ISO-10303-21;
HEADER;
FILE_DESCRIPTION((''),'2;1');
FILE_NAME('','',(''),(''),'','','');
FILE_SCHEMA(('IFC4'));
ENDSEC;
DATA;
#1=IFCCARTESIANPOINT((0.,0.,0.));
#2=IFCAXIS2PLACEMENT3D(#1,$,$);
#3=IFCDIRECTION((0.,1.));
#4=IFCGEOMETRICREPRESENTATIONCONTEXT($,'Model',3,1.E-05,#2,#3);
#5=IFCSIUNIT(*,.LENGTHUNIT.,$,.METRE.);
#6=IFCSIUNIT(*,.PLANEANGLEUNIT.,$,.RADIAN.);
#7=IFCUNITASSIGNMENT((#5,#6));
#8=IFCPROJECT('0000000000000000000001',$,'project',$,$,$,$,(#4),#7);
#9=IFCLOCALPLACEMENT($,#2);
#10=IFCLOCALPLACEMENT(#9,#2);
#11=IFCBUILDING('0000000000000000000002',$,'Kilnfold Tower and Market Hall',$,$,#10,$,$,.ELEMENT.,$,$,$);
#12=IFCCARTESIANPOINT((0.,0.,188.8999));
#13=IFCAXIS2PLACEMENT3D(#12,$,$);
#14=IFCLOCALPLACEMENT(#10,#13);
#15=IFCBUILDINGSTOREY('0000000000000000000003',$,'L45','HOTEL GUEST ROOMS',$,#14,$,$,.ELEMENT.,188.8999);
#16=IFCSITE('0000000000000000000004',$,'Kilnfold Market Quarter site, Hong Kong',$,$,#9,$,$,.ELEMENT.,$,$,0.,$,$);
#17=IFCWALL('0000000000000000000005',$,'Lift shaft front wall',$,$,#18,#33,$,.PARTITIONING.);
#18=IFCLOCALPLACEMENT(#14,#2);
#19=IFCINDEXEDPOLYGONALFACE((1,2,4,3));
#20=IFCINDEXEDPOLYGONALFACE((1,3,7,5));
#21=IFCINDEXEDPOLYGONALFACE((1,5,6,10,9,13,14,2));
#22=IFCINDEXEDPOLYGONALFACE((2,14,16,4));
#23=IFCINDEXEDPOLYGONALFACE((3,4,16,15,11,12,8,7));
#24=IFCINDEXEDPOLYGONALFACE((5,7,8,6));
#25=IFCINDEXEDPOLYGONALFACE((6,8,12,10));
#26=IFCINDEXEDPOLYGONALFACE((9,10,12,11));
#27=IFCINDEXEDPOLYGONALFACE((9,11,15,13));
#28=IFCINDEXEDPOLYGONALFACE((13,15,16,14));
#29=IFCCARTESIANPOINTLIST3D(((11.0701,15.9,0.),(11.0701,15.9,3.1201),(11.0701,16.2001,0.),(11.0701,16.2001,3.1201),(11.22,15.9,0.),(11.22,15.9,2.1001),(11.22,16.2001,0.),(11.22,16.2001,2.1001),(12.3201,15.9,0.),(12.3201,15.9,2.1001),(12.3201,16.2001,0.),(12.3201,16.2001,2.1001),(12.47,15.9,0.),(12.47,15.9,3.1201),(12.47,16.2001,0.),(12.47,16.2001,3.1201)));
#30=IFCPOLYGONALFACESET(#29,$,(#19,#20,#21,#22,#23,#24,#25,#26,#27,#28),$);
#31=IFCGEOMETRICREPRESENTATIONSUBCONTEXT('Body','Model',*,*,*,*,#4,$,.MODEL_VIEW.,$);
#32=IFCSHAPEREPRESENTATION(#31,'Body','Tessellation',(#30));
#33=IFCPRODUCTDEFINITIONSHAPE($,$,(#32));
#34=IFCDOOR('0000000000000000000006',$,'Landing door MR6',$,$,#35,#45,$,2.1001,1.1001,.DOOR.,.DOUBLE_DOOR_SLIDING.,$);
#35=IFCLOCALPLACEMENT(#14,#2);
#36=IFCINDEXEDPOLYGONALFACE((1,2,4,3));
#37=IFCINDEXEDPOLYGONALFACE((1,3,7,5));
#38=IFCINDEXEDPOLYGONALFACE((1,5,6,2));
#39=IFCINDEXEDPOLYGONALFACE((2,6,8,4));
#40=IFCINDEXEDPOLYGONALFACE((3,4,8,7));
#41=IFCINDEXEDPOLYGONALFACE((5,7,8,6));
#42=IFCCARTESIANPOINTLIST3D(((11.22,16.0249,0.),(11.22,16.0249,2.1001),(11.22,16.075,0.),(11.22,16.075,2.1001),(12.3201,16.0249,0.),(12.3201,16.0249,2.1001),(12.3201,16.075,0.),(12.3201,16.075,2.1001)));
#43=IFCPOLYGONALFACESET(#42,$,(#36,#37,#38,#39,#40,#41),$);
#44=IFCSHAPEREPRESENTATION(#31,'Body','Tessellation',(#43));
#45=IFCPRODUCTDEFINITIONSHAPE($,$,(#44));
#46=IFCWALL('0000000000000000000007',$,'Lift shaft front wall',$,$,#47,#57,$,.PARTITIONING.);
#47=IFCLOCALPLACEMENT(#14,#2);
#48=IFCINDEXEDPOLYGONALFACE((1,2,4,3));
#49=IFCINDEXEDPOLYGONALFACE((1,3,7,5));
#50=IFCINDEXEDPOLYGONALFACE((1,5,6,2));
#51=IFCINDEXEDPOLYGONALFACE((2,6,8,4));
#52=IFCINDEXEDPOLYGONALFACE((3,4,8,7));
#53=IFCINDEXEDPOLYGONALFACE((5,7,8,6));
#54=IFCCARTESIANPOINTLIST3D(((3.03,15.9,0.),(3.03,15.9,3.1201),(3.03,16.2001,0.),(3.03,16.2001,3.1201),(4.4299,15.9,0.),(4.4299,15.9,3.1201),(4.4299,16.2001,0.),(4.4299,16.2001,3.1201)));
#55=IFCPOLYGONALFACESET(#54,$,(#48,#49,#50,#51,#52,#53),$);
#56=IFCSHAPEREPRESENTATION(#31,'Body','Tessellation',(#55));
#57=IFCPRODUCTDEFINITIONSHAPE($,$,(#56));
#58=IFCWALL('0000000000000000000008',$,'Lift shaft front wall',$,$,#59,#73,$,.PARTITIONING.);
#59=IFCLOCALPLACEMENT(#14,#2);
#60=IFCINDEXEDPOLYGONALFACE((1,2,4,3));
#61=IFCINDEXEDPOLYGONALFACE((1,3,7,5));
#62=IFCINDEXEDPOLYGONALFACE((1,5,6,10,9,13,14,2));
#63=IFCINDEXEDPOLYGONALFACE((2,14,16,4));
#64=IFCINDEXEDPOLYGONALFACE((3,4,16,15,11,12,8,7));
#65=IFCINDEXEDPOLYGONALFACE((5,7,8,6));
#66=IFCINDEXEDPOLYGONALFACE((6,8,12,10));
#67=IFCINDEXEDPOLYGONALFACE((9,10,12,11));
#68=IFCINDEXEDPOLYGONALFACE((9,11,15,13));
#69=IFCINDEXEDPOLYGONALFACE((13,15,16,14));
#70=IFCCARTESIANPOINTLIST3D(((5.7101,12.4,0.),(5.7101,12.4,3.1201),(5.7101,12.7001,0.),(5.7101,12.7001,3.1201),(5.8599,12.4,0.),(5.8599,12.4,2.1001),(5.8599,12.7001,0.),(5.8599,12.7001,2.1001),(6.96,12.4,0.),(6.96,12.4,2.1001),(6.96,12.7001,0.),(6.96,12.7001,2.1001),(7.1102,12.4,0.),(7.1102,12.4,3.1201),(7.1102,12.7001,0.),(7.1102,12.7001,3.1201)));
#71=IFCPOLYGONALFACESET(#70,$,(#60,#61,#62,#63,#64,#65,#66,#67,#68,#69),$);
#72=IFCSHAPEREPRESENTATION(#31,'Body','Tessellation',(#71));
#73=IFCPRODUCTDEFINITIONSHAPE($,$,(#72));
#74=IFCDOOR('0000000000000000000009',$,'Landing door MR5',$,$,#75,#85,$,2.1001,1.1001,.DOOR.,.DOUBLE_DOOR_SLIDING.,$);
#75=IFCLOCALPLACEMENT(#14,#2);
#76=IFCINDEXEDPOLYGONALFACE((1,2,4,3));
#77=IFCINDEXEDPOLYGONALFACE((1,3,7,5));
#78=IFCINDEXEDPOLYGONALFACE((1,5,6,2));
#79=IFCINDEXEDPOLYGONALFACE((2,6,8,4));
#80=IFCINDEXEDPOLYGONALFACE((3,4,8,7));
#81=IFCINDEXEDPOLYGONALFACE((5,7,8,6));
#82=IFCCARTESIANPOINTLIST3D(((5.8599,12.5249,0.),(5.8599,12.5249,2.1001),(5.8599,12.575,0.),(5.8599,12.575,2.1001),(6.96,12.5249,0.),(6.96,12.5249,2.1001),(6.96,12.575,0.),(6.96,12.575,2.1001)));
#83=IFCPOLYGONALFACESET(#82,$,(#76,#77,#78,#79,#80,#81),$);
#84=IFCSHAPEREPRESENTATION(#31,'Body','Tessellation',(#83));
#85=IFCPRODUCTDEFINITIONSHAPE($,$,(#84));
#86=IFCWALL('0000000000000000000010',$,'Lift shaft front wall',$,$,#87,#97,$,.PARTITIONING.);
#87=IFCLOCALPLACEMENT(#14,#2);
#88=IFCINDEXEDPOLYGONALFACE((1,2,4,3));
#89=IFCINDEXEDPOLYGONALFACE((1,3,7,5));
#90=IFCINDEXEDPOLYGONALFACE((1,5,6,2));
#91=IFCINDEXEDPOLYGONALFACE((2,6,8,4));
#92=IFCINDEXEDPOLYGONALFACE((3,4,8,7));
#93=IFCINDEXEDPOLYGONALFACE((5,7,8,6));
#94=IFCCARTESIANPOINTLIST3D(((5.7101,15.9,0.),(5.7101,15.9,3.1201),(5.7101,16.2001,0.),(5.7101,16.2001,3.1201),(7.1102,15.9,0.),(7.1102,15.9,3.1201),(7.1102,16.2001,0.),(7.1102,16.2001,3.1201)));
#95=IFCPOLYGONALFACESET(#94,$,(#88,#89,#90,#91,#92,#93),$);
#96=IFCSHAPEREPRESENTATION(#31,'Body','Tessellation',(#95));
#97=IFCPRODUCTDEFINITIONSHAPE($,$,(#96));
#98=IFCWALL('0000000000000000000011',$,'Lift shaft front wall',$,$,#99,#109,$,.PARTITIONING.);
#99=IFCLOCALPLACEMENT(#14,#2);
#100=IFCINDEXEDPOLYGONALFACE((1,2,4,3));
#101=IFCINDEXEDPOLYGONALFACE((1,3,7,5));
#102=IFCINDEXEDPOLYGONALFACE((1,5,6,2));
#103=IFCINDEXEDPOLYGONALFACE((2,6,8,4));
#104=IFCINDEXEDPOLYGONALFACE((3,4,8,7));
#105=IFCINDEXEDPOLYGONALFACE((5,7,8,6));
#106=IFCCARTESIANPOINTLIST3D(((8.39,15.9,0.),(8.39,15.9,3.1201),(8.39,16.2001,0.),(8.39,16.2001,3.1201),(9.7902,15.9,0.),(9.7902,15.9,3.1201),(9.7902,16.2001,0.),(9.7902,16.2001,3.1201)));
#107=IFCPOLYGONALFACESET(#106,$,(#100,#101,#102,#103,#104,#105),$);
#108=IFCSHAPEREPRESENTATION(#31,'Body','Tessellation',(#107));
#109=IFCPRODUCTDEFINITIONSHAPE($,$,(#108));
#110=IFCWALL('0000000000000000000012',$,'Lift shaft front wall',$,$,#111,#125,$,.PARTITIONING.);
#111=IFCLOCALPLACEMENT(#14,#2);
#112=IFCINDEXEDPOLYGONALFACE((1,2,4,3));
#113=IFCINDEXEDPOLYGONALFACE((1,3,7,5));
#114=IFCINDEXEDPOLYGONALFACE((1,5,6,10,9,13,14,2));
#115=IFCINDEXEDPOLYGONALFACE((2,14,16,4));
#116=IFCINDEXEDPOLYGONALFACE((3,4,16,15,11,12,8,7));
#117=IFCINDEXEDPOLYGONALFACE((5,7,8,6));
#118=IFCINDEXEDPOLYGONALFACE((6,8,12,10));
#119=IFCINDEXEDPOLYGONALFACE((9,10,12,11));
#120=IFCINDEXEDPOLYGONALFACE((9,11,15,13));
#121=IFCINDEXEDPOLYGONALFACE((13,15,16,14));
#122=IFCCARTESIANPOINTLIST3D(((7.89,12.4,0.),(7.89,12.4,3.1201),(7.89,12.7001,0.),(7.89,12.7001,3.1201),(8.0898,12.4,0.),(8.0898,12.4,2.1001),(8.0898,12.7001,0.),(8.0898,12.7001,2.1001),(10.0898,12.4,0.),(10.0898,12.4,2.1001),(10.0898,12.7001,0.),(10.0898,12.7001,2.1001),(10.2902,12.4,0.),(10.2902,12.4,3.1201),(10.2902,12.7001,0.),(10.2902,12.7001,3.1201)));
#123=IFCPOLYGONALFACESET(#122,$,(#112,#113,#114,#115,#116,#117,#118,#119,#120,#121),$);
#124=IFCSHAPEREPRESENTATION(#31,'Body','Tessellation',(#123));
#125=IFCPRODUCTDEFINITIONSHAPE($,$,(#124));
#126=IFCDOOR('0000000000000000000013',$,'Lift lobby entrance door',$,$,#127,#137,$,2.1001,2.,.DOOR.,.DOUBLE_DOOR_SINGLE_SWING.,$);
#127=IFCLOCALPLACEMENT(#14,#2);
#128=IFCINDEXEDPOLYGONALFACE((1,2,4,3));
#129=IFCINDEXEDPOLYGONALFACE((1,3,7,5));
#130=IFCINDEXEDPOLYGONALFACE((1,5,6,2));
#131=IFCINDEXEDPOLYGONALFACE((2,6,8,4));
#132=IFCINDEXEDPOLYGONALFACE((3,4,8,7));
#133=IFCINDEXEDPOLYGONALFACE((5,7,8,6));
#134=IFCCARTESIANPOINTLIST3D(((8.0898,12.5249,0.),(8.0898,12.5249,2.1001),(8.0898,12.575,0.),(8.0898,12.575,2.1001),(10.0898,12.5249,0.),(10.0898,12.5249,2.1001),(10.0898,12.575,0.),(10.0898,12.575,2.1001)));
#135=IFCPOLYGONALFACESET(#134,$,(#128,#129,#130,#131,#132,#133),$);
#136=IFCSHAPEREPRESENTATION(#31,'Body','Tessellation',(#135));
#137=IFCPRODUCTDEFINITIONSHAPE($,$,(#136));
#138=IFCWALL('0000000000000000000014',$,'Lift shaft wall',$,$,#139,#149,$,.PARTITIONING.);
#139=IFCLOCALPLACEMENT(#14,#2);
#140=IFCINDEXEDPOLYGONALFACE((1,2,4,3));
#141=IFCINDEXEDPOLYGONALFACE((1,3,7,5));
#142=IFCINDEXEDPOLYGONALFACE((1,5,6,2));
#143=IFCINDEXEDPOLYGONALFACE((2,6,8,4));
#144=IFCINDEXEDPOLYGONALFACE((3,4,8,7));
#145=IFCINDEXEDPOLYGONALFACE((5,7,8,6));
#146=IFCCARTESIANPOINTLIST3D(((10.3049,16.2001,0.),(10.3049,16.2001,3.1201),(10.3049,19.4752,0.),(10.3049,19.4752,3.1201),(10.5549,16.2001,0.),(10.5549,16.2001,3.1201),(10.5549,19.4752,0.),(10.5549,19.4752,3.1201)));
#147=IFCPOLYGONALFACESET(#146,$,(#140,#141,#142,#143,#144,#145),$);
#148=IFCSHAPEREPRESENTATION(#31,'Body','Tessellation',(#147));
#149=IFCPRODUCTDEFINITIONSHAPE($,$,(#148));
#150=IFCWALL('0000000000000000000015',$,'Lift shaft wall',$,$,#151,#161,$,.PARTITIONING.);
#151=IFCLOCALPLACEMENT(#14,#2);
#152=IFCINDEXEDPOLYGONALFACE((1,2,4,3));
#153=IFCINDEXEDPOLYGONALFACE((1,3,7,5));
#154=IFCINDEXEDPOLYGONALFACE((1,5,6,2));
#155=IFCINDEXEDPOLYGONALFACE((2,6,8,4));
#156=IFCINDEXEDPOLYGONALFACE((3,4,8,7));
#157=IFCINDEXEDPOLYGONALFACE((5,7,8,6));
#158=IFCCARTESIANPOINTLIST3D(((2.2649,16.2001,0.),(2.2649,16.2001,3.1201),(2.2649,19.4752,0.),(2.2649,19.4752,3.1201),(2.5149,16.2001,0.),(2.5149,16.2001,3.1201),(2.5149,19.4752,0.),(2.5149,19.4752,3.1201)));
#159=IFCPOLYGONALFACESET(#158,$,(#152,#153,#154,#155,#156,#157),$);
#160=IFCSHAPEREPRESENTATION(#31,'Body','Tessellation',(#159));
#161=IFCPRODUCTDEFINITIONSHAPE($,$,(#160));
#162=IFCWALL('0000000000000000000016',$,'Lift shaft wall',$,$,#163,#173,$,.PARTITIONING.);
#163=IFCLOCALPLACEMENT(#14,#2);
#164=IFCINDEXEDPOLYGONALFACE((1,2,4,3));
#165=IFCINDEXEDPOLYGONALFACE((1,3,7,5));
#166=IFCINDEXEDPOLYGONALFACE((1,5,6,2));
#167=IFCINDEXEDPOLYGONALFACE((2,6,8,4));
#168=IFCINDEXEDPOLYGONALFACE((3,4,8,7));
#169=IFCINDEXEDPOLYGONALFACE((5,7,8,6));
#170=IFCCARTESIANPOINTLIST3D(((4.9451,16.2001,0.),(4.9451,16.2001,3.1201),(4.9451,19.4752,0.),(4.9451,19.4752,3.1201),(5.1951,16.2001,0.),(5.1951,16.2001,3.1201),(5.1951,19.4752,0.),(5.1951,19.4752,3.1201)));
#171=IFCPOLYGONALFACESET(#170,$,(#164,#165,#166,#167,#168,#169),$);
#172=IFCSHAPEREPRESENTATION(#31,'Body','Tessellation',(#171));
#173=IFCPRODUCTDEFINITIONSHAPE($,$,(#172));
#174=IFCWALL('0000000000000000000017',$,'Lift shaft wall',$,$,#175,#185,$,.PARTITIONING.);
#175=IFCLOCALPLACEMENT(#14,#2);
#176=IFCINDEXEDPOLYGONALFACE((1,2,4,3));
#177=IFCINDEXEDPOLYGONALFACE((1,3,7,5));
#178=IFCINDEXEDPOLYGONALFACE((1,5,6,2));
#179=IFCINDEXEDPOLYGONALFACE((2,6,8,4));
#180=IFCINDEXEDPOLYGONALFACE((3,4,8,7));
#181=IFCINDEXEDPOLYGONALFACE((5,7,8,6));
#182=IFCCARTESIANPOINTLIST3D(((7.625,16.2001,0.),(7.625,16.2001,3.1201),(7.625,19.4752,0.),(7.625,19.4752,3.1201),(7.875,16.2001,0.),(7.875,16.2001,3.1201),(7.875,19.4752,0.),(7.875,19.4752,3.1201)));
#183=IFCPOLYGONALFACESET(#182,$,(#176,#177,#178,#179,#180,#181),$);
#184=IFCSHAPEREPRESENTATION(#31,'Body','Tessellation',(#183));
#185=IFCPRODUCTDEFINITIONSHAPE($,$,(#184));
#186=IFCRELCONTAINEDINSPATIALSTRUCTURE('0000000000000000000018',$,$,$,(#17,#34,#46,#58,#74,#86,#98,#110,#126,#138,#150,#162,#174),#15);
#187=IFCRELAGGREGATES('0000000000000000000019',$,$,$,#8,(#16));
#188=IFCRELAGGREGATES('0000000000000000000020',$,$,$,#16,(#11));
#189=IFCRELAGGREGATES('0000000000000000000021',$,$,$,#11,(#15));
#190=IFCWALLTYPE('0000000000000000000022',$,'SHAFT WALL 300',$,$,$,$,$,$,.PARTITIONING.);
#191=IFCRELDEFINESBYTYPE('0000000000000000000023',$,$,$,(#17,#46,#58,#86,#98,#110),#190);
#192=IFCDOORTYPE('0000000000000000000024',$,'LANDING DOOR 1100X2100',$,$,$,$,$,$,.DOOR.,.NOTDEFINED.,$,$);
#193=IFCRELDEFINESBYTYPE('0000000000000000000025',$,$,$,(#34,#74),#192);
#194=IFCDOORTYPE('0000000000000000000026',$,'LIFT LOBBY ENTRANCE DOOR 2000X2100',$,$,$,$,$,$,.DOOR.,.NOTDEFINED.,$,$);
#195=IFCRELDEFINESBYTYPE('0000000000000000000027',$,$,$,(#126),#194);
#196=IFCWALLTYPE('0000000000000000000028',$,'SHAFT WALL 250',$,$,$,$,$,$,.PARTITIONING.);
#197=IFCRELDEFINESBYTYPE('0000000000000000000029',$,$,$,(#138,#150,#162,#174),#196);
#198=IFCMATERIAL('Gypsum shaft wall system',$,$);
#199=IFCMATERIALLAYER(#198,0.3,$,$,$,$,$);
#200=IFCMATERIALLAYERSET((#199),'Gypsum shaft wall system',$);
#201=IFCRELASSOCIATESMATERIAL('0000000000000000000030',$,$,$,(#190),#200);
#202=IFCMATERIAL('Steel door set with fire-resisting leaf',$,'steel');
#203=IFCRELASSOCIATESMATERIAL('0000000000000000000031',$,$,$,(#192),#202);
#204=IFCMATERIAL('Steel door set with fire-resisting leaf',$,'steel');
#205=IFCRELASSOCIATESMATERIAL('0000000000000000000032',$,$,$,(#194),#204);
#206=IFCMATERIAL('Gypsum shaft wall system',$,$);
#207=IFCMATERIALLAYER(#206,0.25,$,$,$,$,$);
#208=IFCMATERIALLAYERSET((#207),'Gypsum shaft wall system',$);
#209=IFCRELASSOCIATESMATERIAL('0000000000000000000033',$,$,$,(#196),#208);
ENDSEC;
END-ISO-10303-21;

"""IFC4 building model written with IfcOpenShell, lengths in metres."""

from ifc_helpers import new_model, si_unit, direction, frame, frame_2d, origin, place, context, subcontext, project, spatial, rectangle, extrude, source, transform, mapped, material, layer, layer_set, type_object, element, fill, save


model = new_model("IFC4")

# Units and contexts
model_context = context("Model", 3, precision=1e-05, world=origin(), true_north=direction((0.0, 1.0)))
body_context = subcontext(model_context, "Body", "Model", "MODEL_VIEW")
ifc_project = project(units=[si_unit("LENGTHUNIT", "METRE"), si_unit("PLANEANGLEUNIT", "RADIAN")], contexts=[model_context])

# Site, building, storey
site_placement = place(None, origin())
site = spatial("IfcSite", under=ifc_project, at=site_placement, Name="Kilnfold Market Quarter site, Hong Kong", CompositionType="ELEMENT", RefElevation=0.0)
building_placement = place(site_placement, origin())
building = spatial("IfcBuilding", under=site, at=building_placement, Name="Kilnfold Tower and Market Hall", CompositionType="ELEMENT")
storey_placement = place(building_placement, frame((0.0, 0.0, 188.8999)))
storey = spatial("IfcBuildingStorey", under=building, at=storey_placement, Name="L45", Description="HOTEL GUEST ROOMS", CompositionType="ELEMENT", Elevation=188.8999)

# Wall, opening, door
ifc_material_1 = material(Name="Gypsum shaft wall system")
ifc_layer_1 = layer(ifc_material_1, 0.3)
ifc_layer_set_1 = layer_set([ifc_layer_1], Name="Gypsum shaft wall system")
wall_type_1 = type_object("IfcWallType", Name="SHAFT WALL 300", PredefinedType="PARTITIONING", material=ifc_layer_set_1)
shared_shape_1 = source(origin(), body_context, "Body", "SweptSolid", [
    extrude(rectangle(XDim=1.3999, YDim=0.3, at=frame_2d((0.7, 0.0))), origin(), (0.0, 0.0, 1.0), 3.1201),
])
wall_1_placement = place(storey_placement, frame((11.0701, 16.05, 0.0), z_axis=(0.0, 0.0, 1.0), x_axis=(1.0, 0.0, 0.0)))
wall_1 = element("IfcWall", 1, at=wall_1_placement, inside=storey, type_object=wall_type_1, Name="Lift shaft front wall", PredefinedType="PARTITIONING", context=body_context, shape_type="MappedRepresentation", body=[
    mapped(shared_shape_1, transform((0.0, 0.0, 0.0))),
])
opening_1_placement = place(wall_1_placement, frame((0.1499, 0.0, 0.0)))
opening_1 = element("IfcOpeningElement", 2, at=opening_1_placement, cuts=wall_1, PredefinedType="OPENING", context=body_context, shape_type="SweptSolid", body=[
    extrude(rectangle(XDim=1.1001, YDim=2.1001, at=frame_2d((0.55, 1.05))), frame((0.0, 0.1602, 0.0), z_axis=(0.0, -1.0, 0.0), x_axis=(1.0, 0.0, 0.0)), (0.0, 0.0, 1.0), 0.3201),
])
ifc_material_2 = material(Name="Steel door set with fire-resisting leaf", Category="steel")
door_type_1 = type_object("IfcDoorType", Name="LANDING DOOR 1100X2100", OperationType="NOTDEFINED", PredefinedType="DOOR", material=ifc_material_2)
door_1_placement = place(opening_1_placement, origin())
door_1 = element("IfcDoor", 3, at=door_1_placement, inside=storey, type_object=door_type_1, Name="Landing door MR6", OperationType="DOUBLE_DOOR_SLIDING", OverallHeight=2.1001, OverallWidth=1.1001, PredefinedType="DOOR", context=body_context, shape_type="SweptSolid", body=[
    extrude(rectangle(XDim=1.1001, YDim=2.1001, at=frame_2d((0.55, 1.05))), frame((0.0, 0.0249, 0.0), z_axis=(0.0, -1.0, 0.0), x_axis=(1.0, 0.0, 0.0)), (0.0, 0.0, 1.0), 0.05),
])
fill(opening_1, door_1)

# Wall
wall_2_placement = place(storey_placement, frame((3.03, 16.05, 0.0), z_axis=(0.0, 0.0, 1.0), x_axis=(1.0, 0.0, 0.0)))
element("IfcWall", 4, at=wall_2_placement, inside=storey, type_object=wall_type_1, Name="Lift shaft front wall", PredefinedType="PARTITIONING", context=body_context, shape_type="MappedRepresentation", body=[
    mapped(shared_shape_1, transform((0.0, 0.0, 0.0))),
])

# Wall, opening, door
shared_shape_2 = source(origin(), body_context, "Body", "SweptSolid", [
    extrude(rectangle(XDim=1.4001, YDim=0.3, at=frame_2d((0.7002, 0.0))), origin(), (0.0, 0.0, 1.0), 3.1201),
])
wall_3_placement = place(storey_placement, frame((5.71, 12.55, 0.0), z_axis=(0.0, 0.0, 1.0), x_axis=(1.0, 0.0, 0.0)))
wall_3 = element("IfcWall", 5, at=wall_3_placement, inside=storey, type_object=wall_type_1, Name="Lift shaft front wall", PredefinedType="PARTITIONING", context=body_context, shape_type="MappedRepresentation", body=[
    mapped(shared_shape_2, transform((0.0, 0.0, 0.0))),
])
opening_2_placement = place(wall_3_placement, frame((0.1499, 0.0, 0.0)))
opening_2 = element("IfcOpeningElement", 6, at=opening_2_placement, cuts=wall_3, PredefinedType="OPENING", context=body_context, shape_type="SweptSolid", body=[
    extrude(rectangle(XDim=1.1001, YDim=2.1001, at=frame_2d((0.55, 1.05))), frame((0.0, 0.1602, 0.0), z_axis=(0.0, -1.0, 0.0), x_axis=(1.0, 0.0, 0.0)), (0.0, 0.0, 1.0), 0.3201),
])
door_2_placement = place(opening_2_placement, origin())
door_2 = element("IfcDoor", 7, at=door_2_placement, inside=storey, type_object=door_type_1, Name="Landing door MR5", OperationType="DOUBLE_DOOR_SLIDING", OverallHeight=2.1001, OverallWidth=1.1001, PredefinedType="DOOR", context=body_context, shape_type="SweptSolid", body=[
    extrude(rectangle(XDim=1.1001, YDim=2.1001, at=frame_2d((0.55, 1.05))), frame((0.0, 0.0249, 0.0), z_axis=(0.0, -1.0, 0.0), x_axis=(1.0, 0.0, 0.0)), (0.0, 0.0, 1.0), 0.05),
])
fill(opening_2, door_2)

# Walls
for number, where, z_axis, x_axis, name in (
    (8, (5.71, 16.05, 0.0), (0.0, 0.0, 1.0), (1.0, 0.0, 0.0), "Lift shaft front wall"),
    (9, (8.3899, 16.05, 0.0), (0.0, 0.0, 1.0), (1.0, 0.0, 0.0), "Lift shaft front wall"),
):
    element("IfcWall", number, at=place(storey_placement, frame(where, z_axis=z_axis, x_axis=x_axis)), inside=storey, type_object=wall_type_1, Name=name, PredefinedType="PARTITIONING", context=body_context, shape_type="MappedRepresentation", body=[
        mapped(shared_shape_2, transform((0.0, 0.0, 0.0))),
    ])

# Wall, opening, door
shared_shape_3 = source(origin(), body_context, "Body", "SweptSolid", [
    extrude(rectangle(XDim=2.4001, YDim=0.3, at=frame_2d((1.2002, 0.0))), origin(), (0.0, 0.0, 1.0), 3.1201),
])
wall_4_placement = place(storey_placement, frame((7.8899, 12.55, 0.0), z_axis=(0.0, 0.0, 1.0), x_axis=(1.0, 0.0, 0.0)))
wall_4 = element("IfcWall", 10, at=wall_4_placement, inside=storey, type_object=wall_type_1, Name="Lift shaft front wall", PredefinedType="PARTITIONING", context=body_context, shape_type="MappedRepresentation", body=[
    mapped(shared_shape_3, transform((0.0, 0.0, 0.0))),
])
opening_3_placement = place(wall_4_placement, frame((0.2, 0.0, 0.0)))
opening_3 = element("IfcOpeningElement", 11, at=opening_3_placement, cuts=wall_4, PredefinedType="OPENING", context=body_context, shape_type="SweptSolid", body=[
    extrude(rectangle(XDim=2.0, YDim=2.1001, at=frame_2d((1.0, 1.05))), frame((0.0, 0.1602, 0.0), z_axis=(0.0, -1.0, 0.0), x_axis=(1.0, 0.0, 0.0)), (0.0, 0.0, 1.0), 0.3201),
])
ifc_material_3 = material(Name="Steel door set with fire-resisting leaf", Category="steel")
door_type_2 = type_object("IfcDoorType", Name="LIFT LOBBY ENTRANCE DOOR 2000X2100", OperationType="NOTDEFINED", PredefinedType="DOOR", material=ifc_material_3)
door_3_placement = place(opening_3_placement, origin())
door_3 = element("IfcDoor", 12, at=door_3_placement, inside=storey, type_object=door_type_2, Name="Lift lobby entrance door", OperationType="DOUBLE_DOOR_SINGLE_SWING", OverallHeight=2.1001, OverallWidth=2.0, PredefinedType="DOOR", context=body_context, shape_type="SweptSolid", body=[
    extrude(rectangle(XDim=2.0, YDim=2.1001, at=frame_2d((1.0, 1.05))), frame((0.0, 0.0249, 0.0), z_axis=(0.0, -1.0, 0.0), x_axis=(1.0, 0.0, 0.0)), (0.0, 0.0, 1.0), 0.05),
])
fill(opening_3, door_3)

# Walls
ifc_material_4 = material(Name="Gypsum shaft wall system")
ifc_layer_2 = layer(ifc_material_4, 0.25)
ifc_layer_set_2 = layer_set([ifc_layer_2], Name="Gypsum shaft wall system")
wall_type_2 = type_object("IfcWallType", Name="SHAFT WALL 250", PredefinedType="PARTITIONING", material=ifc_layer_set_2)
shared_shape_4 = source(origin(), body_context, "Body", "SweptSolid", [
    extrude(rectangle(XDim=3.2751, YDim=0.25, at=frame_2d((1.6377, 0.0))), origin(), (0.0, 0.0, 1.0), 3.1201),
])
for number, where, z_axis, x_axis, name in (
    (13, (10.4299, 16.2, 0.0), (0.0, 0.0, 1.0), (0.0, 1.0, 0.0), "Lift shaft wall"),
    (14, (2.3899, 16.2, 0.0), (0.0, 0.0, 1.0), (0.0, 1.0, 0.0), "Lift shaft wall"),
    (15, (5.0701, 16.2, 0.0), (0.0, 0.0, 1.0), (0.0, 1.0, 0.0), "Lift shaft wall"),
    (16, (7.75, 16.2, 0.0), (0.0, 0.0, 1.0), (0.0, 1.0, 0.0), "Lift shaft wall"),
):
    element("IfcWall", number, at=place(storey_placement, frame(where, z_axis=z_axis, x_axis=x_axis)), inside=storey, type_object=wall_type_2, Name=name, PredefinedType="PARTITIONING", context=body_context, shape_type="MappedRepresentation", body=[
        mapped(shared_shape_4, transform((0.0, 0.0, 0.0))),
    ])

save(model, "model.ifc")
